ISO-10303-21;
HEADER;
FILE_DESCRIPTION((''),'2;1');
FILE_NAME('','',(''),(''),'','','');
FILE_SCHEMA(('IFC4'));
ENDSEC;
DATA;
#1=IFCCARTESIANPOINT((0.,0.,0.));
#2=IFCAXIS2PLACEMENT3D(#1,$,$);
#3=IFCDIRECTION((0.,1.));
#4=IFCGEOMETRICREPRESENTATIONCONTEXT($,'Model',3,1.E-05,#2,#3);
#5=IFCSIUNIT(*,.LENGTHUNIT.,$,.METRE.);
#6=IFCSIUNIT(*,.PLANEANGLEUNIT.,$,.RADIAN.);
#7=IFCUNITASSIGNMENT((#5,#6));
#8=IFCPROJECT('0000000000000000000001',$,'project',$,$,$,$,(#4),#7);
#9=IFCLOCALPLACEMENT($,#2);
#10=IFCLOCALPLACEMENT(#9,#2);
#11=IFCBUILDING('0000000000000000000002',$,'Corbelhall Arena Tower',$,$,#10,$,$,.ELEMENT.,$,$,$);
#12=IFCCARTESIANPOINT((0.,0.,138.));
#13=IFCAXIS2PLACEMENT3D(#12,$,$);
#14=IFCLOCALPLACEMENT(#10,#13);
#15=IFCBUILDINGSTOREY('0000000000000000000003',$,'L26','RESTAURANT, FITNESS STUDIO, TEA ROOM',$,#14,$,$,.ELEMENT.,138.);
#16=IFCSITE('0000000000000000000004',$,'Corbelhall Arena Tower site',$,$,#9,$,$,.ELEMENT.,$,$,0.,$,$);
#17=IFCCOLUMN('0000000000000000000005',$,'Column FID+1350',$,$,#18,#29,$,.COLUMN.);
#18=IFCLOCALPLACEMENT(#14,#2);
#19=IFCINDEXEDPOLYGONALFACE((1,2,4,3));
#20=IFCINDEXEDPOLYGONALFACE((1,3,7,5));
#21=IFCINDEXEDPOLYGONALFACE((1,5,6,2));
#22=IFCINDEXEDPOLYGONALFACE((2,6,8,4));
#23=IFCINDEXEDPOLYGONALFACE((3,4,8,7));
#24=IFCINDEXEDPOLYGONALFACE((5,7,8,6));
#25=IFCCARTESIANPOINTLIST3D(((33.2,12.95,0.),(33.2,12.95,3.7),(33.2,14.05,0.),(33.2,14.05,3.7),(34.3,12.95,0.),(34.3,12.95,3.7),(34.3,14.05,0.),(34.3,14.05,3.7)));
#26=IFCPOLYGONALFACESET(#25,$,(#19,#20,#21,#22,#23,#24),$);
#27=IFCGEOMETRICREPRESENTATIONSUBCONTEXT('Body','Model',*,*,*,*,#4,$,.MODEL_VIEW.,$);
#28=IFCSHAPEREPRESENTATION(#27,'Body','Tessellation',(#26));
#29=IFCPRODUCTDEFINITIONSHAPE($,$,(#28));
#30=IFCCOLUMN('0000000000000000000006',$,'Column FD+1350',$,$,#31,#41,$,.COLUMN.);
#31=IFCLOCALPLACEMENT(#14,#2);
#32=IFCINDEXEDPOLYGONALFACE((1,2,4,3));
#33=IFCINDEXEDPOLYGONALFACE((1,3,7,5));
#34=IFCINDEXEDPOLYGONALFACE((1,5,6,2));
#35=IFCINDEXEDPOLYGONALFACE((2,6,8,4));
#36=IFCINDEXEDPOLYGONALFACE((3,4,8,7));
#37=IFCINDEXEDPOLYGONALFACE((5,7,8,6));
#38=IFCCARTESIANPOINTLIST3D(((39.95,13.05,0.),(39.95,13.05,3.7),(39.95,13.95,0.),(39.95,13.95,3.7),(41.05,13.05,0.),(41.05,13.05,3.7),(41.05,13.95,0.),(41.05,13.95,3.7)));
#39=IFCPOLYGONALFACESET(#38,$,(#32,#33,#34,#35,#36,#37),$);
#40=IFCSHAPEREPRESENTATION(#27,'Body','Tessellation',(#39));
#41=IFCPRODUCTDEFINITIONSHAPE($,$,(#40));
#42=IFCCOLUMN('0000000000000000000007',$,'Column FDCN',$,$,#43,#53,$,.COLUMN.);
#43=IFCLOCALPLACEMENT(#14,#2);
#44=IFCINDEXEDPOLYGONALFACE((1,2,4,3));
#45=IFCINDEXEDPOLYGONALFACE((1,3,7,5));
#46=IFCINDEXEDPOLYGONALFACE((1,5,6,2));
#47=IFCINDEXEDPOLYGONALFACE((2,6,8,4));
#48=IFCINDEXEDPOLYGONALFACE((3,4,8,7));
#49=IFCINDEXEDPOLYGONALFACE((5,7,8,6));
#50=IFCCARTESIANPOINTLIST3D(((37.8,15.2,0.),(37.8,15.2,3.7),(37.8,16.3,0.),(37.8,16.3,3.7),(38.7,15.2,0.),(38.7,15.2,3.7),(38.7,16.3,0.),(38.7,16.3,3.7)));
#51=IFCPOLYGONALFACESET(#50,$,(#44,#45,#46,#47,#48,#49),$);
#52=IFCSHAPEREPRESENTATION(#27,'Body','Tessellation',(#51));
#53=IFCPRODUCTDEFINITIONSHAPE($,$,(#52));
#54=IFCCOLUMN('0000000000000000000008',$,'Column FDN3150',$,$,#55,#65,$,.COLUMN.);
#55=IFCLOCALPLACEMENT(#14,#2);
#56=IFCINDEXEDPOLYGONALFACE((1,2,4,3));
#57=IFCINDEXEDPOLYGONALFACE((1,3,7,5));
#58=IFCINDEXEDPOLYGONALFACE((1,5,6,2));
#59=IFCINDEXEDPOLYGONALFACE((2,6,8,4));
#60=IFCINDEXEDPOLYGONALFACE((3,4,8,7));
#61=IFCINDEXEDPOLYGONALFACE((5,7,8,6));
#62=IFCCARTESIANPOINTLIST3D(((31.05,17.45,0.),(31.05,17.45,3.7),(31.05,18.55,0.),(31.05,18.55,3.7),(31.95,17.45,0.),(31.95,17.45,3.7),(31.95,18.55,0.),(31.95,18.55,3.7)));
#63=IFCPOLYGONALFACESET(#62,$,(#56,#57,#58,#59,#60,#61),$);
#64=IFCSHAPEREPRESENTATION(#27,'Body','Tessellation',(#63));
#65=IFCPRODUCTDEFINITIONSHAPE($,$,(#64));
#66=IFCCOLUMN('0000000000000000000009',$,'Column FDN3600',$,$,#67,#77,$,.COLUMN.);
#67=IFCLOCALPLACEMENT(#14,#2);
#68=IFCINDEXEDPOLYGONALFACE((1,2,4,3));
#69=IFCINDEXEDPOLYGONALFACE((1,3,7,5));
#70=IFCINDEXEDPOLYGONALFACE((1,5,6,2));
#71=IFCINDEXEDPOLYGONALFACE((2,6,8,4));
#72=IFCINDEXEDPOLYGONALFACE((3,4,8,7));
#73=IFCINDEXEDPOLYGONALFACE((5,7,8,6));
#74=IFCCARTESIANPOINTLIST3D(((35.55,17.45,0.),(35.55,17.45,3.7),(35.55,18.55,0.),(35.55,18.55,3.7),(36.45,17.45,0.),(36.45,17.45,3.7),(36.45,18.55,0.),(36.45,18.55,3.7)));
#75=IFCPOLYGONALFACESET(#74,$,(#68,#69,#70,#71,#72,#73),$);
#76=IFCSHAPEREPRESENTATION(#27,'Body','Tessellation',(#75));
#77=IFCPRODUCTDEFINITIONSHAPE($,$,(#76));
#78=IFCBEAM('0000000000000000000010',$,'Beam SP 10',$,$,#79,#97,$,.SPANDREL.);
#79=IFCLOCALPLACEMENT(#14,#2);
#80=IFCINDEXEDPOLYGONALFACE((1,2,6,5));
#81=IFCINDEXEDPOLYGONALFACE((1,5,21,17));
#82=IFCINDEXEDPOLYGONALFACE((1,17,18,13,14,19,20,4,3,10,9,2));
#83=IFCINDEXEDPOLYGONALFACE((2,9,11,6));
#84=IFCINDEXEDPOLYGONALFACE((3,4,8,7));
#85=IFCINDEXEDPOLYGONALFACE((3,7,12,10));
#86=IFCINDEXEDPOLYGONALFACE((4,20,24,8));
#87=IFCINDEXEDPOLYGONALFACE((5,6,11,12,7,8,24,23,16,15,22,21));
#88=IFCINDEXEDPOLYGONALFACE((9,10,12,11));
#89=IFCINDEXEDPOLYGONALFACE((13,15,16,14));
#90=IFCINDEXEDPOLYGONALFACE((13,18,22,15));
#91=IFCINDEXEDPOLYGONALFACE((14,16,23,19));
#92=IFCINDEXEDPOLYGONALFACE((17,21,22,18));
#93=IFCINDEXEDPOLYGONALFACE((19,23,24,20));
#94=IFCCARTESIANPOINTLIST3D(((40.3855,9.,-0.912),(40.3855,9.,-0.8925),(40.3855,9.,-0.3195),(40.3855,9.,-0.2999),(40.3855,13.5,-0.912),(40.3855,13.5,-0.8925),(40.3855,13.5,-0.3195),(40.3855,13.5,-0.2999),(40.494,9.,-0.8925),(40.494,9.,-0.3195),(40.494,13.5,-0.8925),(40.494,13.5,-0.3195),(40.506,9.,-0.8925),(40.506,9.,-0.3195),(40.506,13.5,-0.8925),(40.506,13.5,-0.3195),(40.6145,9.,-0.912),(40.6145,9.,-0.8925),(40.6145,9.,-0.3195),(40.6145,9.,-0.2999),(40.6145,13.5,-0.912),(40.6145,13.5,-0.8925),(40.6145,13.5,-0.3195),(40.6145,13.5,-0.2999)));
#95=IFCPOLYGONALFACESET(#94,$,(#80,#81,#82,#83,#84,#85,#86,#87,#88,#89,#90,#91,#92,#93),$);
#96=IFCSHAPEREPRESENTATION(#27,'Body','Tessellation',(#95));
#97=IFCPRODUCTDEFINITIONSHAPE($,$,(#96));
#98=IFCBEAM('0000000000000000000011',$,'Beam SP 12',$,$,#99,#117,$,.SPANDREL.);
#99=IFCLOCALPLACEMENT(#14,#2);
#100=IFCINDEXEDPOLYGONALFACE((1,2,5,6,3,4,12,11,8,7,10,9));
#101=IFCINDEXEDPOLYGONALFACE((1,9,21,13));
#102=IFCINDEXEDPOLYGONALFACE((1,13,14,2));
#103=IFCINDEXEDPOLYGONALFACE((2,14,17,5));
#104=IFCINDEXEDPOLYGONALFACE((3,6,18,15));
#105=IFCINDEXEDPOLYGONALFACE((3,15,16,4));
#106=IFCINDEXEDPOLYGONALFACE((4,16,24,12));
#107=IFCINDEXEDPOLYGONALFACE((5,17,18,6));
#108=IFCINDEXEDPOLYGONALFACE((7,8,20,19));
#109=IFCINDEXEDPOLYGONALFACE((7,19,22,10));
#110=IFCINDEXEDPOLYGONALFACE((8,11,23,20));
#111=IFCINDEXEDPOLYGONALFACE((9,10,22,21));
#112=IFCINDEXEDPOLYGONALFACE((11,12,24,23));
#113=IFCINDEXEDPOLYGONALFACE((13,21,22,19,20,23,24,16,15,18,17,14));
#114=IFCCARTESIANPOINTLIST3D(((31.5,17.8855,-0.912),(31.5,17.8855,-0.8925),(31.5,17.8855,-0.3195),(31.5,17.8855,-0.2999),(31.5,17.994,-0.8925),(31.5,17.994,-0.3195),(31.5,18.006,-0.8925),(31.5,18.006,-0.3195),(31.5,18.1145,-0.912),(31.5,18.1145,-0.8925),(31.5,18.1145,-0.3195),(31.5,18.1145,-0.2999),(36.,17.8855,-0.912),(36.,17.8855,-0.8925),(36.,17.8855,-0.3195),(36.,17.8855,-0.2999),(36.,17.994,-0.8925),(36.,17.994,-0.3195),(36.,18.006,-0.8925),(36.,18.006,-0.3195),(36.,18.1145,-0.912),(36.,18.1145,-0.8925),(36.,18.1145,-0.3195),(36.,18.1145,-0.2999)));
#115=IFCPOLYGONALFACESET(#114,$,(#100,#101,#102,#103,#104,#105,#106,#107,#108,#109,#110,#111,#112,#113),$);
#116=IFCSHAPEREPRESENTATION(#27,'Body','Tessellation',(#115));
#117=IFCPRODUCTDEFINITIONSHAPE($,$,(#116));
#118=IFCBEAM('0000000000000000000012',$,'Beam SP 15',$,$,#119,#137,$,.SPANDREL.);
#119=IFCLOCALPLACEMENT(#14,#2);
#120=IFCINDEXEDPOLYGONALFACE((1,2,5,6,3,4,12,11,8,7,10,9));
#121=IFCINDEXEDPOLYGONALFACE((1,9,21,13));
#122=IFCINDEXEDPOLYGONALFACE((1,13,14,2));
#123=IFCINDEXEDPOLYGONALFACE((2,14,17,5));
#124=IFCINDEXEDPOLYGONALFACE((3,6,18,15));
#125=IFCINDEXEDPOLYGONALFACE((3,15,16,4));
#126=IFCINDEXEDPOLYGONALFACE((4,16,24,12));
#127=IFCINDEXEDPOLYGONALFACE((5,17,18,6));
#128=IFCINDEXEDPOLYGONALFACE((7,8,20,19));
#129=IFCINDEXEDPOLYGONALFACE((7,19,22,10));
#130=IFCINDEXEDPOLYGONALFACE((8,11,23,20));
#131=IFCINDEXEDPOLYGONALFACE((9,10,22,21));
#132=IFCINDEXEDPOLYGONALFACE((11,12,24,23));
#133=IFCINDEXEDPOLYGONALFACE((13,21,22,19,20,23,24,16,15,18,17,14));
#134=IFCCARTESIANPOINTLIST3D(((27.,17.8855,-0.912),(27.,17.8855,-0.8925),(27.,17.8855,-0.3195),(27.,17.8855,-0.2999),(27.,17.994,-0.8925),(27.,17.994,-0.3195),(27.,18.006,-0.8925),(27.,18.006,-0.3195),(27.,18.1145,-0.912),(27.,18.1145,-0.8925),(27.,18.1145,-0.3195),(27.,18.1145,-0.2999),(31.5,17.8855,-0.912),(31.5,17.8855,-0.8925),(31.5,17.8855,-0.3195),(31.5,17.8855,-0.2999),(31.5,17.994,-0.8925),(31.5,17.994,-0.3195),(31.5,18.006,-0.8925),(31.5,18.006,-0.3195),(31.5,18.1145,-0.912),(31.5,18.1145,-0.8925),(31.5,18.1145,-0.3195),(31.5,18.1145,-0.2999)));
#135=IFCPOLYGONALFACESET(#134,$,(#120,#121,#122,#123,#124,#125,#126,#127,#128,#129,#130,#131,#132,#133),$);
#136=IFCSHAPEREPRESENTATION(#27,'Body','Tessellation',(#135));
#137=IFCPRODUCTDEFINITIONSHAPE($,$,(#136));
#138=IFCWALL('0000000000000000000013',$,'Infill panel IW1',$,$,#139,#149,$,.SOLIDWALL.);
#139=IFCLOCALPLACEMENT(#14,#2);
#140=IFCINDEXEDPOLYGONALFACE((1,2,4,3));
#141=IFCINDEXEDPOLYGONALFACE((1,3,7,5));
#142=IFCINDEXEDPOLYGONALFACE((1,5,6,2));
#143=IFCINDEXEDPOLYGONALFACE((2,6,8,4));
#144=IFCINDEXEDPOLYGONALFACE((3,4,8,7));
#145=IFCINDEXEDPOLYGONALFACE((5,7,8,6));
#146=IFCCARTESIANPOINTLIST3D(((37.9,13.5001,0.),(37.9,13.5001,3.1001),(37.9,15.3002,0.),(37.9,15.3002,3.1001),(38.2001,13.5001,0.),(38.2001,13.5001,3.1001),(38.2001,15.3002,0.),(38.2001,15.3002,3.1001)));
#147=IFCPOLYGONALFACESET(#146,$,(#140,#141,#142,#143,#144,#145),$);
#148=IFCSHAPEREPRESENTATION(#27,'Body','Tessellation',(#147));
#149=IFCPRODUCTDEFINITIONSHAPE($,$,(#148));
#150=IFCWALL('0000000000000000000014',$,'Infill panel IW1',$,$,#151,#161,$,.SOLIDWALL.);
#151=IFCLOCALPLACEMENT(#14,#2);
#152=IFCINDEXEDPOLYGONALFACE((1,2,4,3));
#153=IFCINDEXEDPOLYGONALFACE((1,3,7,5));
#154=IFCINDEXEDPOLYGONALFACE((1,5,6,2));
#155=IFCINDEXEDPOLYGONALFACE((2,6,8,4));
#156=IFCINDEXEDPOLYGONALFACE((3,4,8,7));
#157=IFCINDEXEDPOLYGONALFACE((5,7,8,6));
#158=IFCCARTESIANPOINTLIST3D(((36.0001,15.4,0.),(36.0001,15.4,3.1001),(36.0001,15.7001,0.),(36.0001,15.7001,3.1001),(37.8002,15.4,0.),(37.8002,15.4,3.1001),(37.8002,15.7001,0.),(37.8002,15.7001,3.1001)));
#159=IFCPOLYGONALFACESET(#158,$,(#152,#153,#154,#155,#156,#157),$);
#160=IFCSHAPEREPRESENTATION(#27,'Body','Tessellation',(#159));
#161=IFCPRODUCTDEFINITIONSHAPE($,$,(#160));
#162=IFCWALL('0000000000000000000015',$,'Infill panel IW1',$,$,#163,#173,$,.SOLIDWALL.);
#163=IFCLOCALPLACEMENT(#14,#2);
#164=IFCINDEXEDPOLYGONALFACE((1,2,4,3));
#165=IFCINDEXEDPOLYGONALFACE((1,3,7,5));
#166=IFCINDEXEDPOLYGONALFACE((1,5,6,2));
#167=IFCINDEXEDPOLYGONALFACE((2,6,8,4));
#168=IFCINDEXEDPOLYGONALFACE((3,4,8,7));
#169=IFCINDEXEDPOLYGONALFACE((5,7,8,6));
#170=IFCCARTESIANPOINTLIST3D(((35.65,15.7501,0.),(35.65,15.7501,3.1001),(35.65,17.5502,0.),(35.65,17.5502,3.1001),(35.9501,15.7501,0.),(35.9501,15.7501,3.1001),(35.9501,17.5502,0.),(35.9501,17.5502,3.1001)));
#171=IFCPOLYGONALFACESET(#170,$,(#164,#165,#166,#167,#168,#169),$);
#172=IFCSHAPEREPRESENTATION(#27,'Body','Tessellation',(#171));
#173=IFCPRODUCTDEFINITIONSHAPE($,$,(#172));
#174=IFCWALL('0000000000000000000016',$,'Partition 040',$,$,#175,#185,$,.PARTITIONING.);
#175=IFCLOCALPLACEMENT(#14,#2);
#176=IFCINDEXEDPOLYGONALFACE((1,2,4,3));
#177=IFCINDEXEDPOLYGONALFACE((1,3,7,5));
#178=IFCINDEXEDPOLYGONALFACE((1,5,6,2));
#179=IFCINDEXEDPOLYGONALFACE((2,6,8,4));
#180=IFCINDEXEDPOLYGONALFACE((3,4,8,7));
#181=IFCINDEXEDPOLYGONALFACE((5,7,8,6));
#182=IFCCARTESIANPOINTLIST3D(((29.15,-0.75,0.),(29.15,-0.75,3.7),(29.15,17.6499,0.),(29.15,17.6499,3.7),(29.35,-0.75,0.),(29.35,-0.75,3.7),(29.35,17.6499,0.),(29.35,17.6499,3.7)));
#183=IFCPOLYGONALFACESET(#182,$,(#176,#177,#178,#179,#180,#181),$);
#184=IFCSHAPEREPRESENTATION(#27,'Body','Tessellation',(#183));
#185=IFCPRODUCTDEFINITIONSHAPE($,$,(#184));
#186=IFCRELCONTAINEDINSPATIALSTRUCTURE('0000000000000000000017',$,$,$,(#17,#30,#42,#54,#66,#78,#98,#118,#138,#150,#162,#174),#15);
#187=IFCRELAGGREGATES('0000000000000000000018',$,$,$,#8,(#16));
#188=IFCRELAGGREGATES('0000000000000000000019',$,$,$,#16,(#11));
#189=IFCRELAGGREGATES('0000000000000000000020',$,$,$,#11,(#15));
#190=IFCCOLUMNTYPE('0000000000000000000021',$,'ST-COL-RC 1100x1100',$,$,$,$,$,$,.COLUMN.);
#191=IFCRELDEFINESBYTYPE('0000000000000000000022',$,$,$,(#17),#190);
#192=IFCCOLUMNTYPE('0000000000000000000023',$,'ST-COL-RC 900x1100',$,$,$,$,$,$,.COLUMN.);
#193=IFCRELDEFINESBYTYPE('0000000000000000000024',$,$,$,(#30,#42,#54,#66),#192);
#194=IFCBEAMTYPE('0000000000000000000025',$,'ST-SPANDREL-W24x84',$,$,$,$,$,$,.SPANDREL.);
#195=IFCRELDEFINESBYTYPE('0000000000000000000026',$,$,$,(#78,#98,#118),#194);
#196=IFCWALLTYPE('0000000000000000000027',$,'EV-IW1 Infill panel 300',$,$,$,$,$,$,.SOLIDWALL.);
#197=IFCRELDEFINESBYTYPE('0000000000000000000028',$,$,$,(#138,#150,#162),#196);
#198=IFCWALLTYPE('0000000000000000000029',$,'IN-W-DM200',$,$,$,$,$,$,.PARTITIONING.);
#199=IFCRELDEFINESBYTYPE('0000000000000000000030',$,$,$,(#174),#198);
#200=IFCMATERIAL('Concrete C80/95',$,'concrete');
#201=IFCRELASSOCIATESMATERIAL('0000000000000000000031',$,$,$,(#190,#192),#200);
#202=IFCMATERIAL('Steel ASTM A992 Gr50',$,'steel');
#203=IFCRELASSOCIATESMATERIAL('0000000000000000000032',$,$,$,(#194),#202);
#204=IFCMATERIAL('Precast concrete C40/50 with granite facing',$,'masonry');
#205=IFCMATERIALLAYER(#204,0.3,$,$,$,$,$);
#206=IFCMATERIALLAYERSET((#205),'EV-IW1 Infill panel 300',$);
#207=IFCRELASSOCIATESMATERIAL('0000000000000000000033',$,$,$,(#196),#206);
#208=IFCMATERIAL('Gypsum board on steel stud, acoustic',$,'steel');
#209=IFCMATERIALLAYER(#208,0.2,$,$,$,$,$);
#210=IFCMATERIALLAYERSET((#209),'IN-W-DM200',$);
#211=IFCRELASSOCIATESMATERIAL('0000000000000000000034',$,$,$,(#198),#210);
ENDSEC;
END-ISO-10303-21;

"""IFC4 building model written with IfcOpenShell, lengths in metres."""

from ifc_helpers import new_model, si_unit, direction, frame, frame_2d, origin, origin_2d, place, context, subcontext, project, spatial, rectangle, i_section, extrude, material, layer, layer_set, material_profile, profile_set, type_object, element, save


model = new_model("IFC4")

# Units and contexts
model_context = context("Model", 3, precision=1e-05, world=origin(), true_north=direction((0.0, 1.0)))
body_context = subcontext(model_context, "Body", "Model", "MODEL_VIEW")
ifc_project = project(units=[si_unit("LENGTHUNIT", "METRE"), si_unit("PLANEANGLEUNIT", "RADIAN")], contexts=[model_context])

# Site, building, storey
site_placement = place(None, origin())
site = spatial("IfcSite", under=ifc_project, at=site_placement, Name="Corbelhall Arena Tower site", CompositionType="ELEMENT", RefElevation=0.0)
building_placement = place(site_placement, origin())
building = spatial("IfcBuilding", under=site, at=building_placement, Name="Corbelhall Arena Tower", CompositionType="ELEMENT")
storey_placement = place(building_placement, frame((0.0, 0.0, 138.0)))
storey = spatial("IfcBuildingStorey", under=building, at=storey_placement, Name="L26", Description="RESTAURANT, FITNESS STUDIO, TEA ROOM", CompositionType="ELEMENT", Elevation=138.0)

# Columns
ifc_material_1 = material(Name="Concrete C80/95", Category="concrete")
ifc_material_profile_1 = material_profile(ifc_material_1, rectangle(XDim=1.1001, YDim=1.1001, at=origin_2d()))
ifc_profile_set_1 = profile_set([ifc_material_profile_1], Name="Concrete C80/95")
column_type_1 = type_object("IfcColumnType", Name="ST-COL-RC 1100x1100", PredefinedType="COLUMN", material=ifc_profile_set_1)
column_placement = place(storey_placement, frame((33.75, 13.5, 0.0), z_axis=(0.0, 0.0, 1.0), x_axis=(1.0, 0.0, 0.0)))
element("IfcColumn", 1, at=column_placement, inside=storey, type_object=column_type_1, Name="Column FID+1350", PredefinedType="COLUMN", context=body_context, shape_type="SweptSolid", body=[
    extrude(rectangle(XDim=1.1001, YDim=1.1001, at=origin_2d()), origin(), (0.0, 0.0, 1.0), 3.7),
])
ifc_material_profile_2 = material_profile(ifc_material_1, rectangle(XDim=0.8999, YDim=1.1001, at=origin_2d()))
ifc_profile_set_2 = profile_set([ifc_material_profile_2], Name="Concrete C80/95")
column_type_2 = type_object("IfcColumnType", Name="ST-COL-RC 900x1100", PredefinedType="COLUMN", material=ifc_profile_set_2)
for number, where, z_axis, x_axis, name in (
    (2, (40.5, 13.5, 0.0), (0.0, 0.0, 1.0), (0.0, 1.0, 0.0), "Column FD+1350"),
    (3, (38.25, 15.75, 0.0), (0.0, 0.0, 1.0), (1.0, 0.0, 0.0), "Column FDCN"),
    (4, (31.5, 18.0, 0.0), (0.0, 0.0, 1.0), (1.0, 0.0, 0.0), "Column FDN3150"),
    (5, (36.0, 18.0, 0.0), (0.0, 0.0, 1.0), (1.0, 0.0, 0.0), "Column FDN3600"),
):
    element("IfcColumn", number, at=place(storey_placement, frame(where, z_axis=z_axis, x_axis=x_axis)), inside=storey, type_object=column_type_2, Name=name, PredefinedType="COLUMN", context=body_context, shape_type="SweptSolid", body=[
        extrude(rectangle(XDim=0.8999, YDim=1.1001, at=origin_2d()), origin(), (0.0, 0.0, 1.0), 3.7),
    ])

# Beams
ifc_material_2 = material(Name="Steel ASTM A992 Gr50", Category="steel")
ifc_material_profile_3 = material_profile(ifc_material_2, i_section(OverallWidth=0.229, OverallDepth=0.6121, WebThickness=0.012, FlangeThickness=0.0195, at=origin_2d()))
ifc_profile_set_3 = profile_set([ifc_material_profile_3], Name="Steel ASTM A992 Gr50")
beam_type = type_object("IfcBeamType", Name="ST-SPANDREL-W24x84", PredefinedType="SPANDREL", material=ifc_profile_set_3)
for number, where, z_axis, x_axis, name in (
    (6, (40.5, 13.5, -0.606), (0.0, -1.0, 0.0), (1.0, 0.0, 0.0), "Beam SP 10"),
    (7, (31.5, 18.0, -0.606), (1.0, 0.0, 0.0), (0.0, 1.0, 0.0), "Beam SP 12"),
    (8, (27.0, 18.0, -0.606), (1.0, 0.0, 0.0), (0.0, 1.0, 0.0), "Beam SP 15"),
):
    element("IfcBeam", number, at=place(storey_placement, frame(where, z_axis=z_axis, x_axis=x_axis)), inside=storey, type_object=beam_type, Name=name, PredefinedType="SPANDREL", context=body_context, shape_type="SweptSolid", body=[
        extrude(i_section(OverallWidth=0.229, OverallDepth=0.6121, WebThickness=0.012, FlangeThickness=0.0195, at=origin_2d()), origin(), (0.0, 0.0, 1.0), 4.5),
    ])

# Walls
ifc_material_3 = material(Name="Precast concrete C40/50 with granite facing", Category="masonry")
ifc_layer_1 = layer(ifc_material_3, 0.3)
ifc_layer_set_1 = layer_set([ifc_layer_1], Name="EV-IW1 Infill panel 300")
wall_type_1 = type_object("IfcWallType", Name="EV-IW1 Infill panel 300", PredefinedType="SOLIDWALL", material=ifc_layer_set_1)
for number, where, z_axis, x_axis, name in (
    (9, (38.05, 15.3, 0.0), (0.0, 0.0, 1.0), (0.0, -1.0, 0.0), "Infill panel IW1"),
    (10, (37.8, 15.55, 0.0), (0.0, 0.0, 1.0), (-1.0, 0.0, 0.0), "Infill panel IW1"),
    (11, (35.8, 17.55, 0.0), (0.0, 0.0, 1.0), (0.0, -1.0, 0.0), "Infill panel IW1"),
):
    element("IfcWall", number, at=place(storey_placement, frame(where, z_axis=z_axis, x_axis=x_axis)), inside=storey, type_object=wall_type_1, Name=name, PredefinedType="SOLIDWALL", context=body_context, shape_type="SweptSolid", body=[
        extrude(rectangle(XDim=1.8, YDim=0.3, at=frame_2d((0.8999, 0.0))), origin(), (0.0, 0.0, 1.0), 3.1001),
    ])

# Wall
ifc_material_4 = material(Name="Gypsum board on steel stud, acoustic", Category="steel")
ifc_layer_2 = layer(ifc_material_4, 0.2)
ifc_layer_set_2 = layer_set([ifc_layer_2], Name="IN-W-DM200")
wall_type_2 = type_object("IfcWallType", Name="IN-W-DM200", PredefinedType="PARTITIONING", material=ifc_layer_set_2)
wall_1_placement = place(storey_placement, frame((29.25, 17.6499, 0.0), z_axis=(0.0, 0.0, 1.0), x_axis=(0.0, -1.0, 0.0)))
element("IfcWall", 12, at=wall_1_placement, inside=storey, type_object=wall_type_2, Name="Partition 040", PredefinedType="PARTITIONING", context=body_context, shape_type="SweptSolid", body=[
    extrude(rectangle(XDim=18.3999, YDim=0.2, at=frame_2d((9.2, 0.0))), origin(), (0.0, 0.0, 1.0), 3.7),
])

save(model, "model.ifc")
